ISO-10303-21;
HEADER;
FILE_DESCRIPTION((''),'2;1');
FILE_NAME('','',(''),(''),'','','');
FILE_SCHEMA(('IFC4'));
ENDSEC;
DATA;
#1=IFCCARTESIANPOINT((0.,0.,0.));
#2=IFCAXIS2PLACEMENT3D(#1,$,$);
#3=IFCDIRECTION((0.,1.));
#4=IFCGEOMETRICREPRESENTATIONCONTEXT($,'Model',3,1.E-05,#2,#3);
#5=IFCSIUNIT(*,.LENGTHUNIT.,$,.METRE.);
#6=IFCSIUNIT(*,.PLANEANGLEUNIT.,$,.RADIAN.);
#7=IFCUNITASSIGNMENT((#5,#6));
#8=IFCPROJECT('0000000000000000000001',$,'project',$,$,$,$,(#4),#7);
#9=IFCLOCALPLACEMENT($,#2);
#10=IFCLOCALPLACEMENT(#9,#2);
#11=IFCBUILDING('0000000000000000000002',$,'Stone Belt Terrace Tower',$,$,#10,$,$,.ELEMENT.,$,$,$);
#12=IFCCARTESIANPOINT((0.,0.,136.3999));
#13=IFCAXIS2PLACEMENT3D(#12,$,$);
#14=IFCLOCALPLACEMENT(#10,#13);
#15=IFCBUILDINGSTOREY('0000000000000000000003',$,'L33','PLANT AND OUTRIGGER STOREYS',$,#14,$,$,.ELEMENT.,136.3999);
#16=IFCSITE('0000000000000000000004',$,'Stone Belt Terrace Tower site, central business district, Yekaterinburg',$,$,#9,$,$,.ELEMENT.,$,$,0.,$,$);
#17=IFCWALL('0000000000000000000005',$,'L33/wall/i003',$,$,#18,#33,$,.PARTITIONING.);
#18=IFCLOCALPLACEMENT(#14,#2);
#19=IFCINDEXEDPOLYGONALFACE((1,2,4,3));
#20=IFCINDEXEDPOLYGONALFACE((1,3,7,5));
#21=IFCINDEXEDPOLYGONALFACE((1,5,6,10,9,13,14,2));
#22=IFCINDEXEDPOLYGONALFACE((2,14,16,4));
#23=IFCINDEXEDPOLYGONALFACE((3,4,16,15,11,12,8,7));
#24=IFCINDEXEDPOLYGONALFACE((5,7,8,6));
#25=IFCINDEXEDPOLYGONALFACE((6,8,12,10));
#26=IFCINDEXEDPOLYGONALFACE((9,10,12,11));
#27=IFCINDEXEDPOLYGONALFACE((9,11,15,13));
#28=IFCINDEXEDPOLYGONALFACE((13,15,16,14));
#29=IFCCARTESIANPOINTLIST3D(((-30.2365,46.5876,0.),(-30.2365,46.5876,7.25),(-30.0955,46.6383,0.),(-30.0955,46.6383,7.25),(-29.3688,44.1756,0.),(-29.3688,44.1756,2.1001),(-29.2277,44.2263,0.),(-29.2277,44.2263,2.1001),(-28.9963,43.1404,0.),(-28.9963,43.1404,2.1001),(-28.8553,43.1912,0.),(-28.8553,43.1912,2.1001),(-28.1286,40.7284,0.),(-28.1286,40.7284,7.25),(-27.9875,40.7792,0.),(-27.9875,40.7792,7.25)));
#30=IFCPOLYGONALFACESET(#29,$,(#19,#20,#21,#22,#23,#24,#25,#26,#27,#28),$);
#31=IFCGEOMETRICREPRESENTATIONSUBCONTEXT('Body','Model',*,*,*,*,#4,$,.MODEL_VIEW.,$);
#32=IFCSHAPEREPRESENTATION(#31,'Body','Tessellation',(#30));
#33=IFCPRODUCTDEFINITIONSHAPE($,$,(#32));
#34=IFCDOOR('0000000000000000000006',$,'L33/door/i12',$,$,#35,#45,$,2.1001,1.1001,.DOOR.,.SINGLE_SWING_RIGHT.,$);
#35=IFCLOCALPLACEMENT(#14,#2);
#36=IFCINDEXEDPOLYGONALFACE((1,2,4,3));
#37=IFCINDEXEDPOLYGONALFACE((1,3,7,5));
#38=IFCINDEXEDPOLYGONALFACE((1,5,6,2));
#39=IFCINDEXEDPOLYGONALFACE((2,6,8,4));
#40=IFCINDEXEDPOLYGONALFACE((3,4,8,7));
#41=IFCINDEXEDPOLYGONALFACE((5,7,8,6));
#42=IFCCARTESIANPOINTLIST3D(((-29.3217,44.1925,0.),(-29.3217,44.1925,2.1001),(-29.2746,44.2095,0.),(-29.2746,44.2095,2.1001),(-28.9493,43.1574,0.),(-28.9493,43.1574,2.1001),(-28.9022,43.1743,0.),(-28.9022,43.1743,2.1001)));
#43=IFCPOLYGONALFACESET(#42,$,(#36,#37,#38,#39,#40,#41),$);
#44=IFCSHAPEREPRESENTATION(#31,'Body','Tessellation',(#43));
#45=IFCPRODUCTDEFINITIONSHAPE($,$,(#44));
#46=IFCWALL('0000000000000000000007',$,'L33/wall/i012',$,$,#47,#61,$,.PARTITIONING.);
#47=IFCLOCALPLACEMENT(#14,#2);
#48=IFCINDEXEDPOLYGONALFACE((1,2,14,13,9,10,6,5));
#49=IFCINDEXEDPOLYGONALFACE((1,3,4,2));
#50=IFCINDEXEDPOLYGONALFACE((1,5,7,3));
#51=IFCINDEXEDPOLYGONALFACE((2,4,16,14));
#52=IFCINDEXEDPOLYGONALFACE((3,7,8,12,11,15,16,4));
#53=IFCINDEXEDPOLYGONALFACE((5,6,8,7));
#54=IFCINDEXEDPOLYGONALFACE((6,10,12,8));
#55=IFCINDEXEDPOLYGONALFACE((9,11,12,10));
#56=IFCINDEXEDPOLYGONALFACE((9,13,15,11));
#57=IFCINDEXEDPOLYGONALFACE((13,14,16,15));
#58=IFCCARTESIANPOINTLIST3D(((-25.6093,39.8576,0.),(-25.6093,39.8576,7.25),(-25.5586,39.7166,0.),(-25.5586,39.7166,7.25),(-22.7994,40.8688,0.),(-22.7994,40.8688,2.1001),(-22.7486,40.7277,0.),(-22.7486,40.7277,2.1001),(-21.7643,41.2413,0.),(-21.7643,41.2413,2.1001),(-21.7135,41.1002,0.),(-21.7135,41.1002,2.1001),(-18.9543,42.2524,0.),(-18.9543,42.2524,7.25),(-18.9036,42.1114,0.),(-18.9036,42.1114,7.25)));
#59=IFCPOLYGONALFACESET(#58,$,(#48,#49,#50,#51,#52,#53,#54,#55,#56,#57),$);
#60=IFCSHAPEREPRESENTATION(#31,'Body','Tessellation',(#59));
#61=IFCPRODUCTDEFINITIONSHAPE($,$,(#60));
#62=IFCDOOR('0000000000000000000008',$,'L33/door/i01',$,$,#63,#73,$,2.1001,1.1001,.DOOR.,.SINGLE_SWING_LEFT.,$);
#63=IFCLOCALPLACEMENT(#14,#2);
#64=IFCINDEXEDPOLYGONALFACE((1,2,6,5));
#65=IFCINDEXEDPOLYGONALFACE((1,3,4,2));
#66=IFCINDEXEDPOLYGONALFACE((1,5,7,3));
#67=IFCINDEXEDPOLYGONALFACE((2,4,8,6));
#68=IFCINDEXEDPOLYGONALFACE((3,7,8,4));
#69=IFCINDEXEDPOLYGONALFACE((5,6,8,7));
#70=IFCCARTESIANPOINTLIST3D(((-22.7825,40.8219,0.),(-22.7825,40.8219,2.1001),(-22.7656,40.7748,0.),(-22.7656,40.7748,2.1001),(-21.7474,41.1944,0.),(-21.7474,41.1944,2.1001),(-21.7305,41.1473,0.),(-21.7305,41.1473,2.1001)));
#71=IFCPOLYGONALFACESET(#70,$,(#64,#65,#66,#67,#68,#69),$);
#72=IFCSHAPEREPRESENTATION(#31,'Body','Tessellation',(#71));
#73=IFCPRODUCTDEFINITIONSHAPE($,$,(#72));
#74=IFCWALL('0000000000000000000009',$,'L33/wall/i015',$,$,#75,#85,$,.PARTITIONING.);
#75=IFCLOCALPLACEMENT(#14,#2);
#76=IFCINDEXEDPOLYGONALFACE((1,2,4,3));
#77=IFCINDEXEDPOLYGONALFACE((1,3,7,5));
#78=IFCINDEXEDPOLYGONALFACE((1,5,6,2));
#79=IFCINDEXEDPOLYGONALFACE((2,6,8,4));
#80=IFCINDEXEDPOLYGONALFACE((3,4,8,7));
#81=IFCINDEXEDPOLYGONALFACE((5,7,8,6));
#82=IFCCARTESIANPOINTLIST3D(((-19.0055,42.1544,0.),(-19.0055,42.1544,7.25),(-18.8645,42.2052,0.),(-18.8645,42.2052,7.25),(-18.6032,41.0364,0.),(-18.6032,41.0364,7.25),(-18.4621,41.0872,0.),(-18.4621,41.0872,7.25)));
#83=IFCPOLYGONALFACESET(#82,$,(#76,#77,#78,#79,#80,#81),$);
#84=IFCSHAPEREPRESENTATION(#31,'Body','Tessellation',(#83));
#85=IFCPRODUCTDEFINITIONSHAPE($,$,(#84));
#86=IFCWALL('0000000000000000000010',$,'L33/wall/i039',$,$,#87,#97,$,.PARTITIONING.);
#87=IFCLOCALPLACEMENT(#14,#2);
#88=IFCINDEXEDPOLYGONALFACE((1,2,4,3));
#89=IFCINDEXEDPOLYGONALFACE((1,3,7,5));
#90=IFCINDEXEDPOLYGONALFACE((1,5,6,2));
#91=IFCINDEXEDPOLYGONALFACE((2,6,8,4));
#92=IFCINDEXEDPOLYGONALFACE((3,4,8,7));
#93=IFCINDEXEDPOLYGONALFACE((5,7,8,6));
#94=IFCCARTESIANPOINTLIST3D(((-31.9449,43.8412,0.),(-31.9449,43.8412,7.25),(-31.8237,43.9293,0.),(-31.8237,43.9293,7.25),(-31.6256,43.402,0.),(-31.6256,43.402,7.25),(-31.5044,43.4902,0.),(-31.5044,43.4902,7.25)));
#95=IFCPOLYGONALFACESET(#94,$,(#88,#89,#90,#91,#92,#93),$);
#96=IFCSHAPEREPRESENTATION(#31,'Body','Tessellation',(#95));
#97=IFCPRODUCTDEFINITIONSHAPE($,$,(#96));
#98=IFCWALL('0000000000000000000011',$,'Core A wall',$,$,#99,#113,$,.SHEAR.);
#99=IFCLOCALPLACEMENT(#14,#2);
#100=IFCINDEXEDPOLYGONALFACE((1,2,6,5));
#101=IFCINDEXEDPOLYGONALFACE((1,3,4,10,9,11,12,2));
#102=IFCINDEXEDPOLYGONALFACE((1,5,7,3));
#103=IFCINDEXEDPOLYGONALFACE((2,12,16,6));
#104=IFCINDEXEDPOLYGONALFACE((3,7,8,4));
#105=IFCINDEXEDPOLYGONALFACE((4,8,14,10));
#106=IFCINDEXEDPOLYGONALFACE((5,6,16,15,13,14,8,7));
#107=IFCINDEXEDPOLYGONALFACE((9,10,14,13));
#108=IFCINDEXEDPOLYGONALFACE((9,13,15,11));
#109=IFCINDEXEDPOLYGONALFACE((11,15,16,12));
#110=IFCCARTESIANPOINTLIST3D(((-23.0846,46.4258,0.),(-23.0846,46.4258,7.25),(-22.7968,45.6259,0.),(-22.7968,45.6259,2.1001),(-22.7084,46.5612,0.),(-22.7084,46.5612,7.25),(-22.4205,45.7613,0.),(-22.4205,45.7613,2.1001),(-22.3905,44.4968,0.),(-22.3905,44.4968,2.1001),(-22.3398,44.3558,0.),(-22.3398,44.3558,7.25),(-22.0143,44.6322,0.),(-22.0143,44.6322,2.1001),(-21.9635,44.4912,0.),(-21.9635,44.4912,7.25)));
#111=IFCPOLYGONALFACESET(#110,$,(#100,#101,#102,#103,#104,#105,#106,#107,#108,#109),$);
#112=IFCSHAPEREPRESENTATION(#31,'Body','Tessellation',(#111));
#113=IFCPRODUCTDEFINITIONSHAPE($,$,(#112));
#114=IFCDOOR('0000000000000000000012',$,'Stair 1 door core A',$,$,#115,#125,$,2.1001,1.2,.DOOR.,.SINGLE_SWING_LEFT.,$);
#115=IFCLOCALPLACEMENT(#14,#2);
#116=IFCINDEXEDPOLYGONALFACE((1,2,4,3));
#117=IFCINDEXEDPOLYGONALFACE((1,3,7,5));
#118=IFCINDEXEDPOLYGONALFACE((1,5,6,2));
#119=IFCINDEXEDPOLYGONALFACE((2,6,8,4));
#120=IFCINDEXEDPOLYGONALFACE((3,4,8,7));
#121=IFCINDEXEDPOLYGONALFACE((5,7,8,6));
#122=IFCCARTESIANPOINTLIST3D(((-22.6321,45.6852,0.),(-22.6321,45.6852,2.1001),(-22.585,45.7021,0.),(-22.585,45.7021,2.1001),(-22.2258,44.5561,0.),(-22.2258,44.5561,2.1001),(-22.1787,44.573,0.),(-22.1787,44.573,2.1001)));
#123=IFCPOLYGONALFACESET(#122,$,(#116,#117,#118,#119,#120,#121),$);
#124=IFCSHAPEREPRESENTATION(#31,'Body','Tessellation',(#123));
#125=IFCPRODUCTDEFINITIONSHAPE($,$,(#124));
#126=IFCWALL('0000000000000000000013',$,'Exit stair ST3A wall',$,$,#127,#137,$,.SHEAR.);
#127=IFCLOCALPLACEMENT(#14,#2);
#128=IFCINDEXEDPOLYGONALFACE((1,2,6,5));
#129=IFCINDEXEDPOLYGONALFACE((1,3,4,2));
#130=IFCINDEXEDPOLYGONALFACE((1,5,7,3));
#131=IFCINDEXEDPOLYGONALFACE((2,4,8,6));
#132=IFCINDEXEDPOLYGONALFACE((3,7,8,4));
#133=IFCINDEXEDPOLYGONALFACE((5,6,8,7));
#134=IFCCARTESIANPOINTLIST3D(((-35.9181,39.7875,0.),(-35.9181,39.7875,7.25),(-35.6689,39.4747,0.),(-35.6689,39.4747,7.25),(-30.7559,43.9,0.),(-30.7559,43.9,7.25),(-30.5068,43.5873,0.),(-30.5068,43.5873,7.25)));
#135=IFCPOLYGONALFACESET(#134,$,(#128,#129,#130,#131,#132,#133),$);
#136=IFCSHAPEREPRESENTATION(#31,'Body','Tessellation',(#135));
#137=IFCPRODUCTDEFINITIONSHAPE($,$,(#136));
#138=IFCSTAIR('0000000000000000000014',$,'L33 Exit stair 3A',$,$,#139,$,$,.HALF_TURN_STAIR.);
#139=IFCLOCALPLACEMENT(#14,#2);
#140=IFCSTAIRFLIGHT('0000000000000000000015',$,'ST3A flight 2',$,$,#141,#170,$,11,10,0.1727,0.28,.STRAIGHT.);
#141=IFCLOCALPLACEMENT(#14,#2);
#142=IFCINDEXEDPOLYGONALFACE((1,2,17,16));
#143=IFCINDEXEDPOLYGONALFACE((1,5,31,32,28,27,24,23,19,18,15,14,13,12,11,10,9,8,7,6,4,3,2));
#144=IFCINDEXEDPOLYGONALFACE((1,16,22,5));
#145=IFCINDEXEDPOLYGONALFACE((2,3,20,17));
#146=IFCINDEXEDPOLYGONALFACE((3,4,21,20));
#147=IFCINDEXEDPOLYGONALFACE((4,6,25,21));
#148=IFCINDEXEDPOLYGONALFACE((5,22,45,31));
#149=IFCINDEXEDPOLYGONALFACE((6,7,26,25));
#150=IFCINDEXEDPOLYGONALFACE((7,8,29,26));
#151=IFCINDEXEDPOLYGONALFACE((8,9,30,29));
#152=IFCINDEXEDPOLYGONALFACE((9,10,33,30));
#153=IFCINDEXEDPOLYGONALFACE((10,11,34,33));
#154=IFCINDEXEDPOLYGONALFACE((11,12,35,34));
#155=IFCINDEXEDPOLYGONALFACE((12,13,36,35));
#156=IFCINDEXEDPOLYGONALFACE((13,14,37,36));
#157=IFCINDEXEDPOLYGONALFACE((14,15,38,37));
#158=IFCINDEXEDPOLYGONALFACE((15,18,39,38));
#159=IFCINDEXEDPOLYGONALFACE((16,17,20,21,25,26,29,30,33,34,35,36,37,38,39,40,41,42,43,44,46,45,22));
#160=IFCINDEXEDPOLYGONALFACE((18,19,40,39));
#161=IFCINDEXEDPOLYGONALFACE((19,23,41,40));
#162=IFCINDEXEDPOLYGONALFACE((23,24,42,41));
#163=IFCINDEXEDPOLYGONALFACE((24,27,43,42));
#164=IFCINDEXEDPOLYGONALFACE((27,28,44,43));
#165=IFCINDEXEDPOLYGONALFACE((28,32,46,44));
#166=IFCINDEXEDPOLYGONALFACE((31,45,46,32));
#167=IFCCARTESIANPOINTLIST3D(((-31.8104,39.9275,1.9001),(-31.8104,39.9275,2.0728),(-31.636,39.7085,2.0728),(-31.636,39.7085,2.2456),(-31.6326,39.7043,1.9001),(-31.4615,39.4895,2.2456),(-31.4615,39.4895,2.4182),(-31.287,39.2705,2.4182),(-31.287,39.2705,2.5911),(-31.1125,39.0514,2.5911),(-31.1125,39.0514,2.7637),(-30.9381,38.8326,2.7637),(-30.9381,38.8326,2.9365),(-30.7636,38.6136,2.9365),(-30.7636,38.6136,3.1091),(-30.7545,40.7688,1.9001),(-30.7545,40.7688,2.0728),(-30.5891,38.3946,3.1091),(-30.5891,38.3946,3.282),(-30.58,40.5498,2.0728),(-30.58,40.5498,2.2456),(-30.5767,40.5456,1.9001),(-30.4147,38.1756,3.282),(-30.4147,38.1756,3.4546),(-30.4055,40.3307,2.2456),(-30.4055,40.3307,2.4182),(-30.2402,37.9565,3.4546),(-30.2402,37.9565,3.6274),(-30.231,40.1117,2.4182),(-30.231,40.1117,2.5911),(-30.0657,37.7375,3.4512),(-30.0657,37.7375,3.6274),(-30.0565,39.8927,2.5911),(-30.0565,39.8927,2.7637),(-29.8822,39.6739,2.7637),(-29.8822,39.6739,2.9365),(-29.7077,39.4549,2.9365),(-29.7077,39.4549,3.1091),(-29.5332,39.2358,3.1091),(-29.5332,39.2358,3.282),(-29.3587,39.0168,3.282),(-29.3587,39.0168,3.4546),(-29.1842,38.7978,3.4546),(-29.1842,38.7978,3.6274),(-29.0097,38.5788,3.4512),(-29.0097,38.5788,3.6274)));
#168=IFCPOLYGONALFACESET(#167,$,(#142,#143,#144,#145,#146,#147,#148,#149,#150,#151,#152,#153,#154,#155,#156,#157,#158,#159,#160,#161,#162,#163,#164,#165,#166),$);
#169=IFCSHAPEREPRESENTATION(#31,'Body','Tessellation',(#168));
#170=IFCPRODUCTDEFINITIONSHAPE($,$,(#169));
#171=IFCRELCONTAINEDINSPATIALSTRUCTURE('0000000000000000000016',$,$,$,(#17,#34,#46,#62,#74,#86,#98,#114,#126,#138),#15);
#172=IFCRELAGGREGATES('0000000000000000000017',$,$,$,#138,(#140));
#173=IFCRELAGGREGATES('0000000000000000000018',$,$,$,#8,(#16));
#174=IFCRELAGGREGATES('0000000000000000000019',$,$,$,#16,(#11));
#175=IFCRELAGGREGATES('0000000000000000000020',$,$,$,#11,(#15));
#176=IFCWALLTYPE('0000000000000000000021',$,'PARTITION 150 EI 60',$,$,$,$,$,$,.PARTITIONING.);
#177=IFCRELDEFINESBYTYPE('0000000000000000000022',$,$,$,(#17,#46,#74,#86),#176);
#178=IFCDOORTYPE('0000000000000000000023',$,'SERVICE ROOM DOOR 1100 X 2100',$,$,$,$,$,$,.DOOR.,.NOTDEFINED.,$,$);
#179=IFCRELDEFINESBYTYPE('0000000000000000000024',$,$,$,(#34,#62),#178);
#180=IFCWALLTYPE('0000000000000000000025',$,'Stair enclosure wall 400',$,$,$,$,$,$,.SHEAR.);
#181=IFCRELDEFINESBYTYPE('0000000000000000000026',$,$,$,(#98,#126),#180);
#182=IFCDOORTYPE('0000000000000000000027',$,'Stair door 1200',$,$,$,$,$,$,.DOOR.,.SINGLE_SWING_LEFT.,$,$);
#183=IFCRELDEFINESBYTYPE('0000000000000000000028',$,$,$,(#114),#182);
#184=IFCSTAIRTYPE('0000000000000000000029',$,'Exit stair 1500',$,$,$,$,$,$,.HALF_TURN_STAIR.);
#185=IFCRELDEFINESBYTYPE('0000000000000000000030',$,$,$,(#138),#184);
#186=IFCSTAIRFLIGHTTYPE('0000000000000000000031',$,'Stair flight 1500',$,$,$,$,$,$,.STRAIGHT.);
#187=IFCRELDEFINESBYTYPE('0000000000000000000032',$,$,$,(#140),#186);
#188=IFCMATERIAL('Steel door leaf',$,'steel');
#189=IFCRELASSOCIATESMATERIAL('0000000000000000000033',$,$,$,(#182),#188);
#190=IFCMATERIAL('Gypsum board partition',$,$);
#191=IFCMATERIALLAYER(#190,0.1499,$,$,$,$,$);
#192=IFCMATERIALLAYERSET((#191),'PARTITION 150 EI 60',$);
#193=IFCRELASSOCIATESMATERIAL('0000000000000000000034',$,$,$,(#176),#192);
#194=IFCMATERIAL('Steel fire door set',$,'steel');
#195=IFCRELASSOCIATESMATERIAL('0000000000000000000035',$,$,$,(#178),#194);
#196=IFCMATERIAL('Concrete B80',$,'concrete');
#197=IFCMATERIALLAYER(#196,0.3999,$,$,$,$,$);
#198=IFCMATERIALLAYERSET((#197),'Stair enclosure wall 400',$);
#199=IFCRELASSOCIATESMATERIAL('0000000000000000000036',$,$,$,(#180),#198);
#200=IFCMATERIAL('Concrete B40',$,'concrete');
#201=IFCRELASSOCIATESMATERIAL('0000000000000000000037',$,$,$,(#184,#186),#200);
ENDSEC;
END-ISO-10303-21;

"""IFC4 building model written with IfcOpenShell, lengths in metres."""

from ifc_helpers import new_model, si_unit, direction, frame, frame_2d, origin, place, context, subcontext, project, spatial, polyline, rectangle, outline, extrude, material, layer, layer_set, type_object, element, fill, aggregate, save


model = new_model("IFC4")

# Units and contexts
model_context = context("Model", 3, precision=1e-05, world=origin(), true_north=direction((0.0, 1.0)))
body_context = subcontext(model_context, "Body", "Model", "MODEL_VIEW")
ifc_project = project(units=[si_unit("LENGTHUNIT", "METRE"), si_unit("PLANEANGLEUNIT", "RADIAN")], contexts=[model_context])

# Site, building, storey
site_placement = place(None, origin())
site = spatial("IfcSite", under=ifc_project, at=site_placement, Name="Stone Belt Terrace Tower site, central business district, Yekaterinburg", CompositionType="ELEMENT", RefElevation=0.0)
building_placement = place(site_placement, origin())
building = spatial("IfcBuilding", under=site, at=building_placement, Name="Stone Belt Terrace Tower", CompositionType="ELEMENT")
storey_placement = place(building_placement, frame((0.0, 0.0, 136.3999)))
storey = spatial("IfcBuildingStorey", under=building, at=storey_placement, Name="L33", Description="PLANT AND OUTRIGGER STOREYS", CompositionType="ELEMENT", Elevation=136.3999)

# Shared definitions
ifc_material_1 = material(Name="Concrete B80", Category="concrete")

# Shared definitions
ifc_material_2 = material(Name="Steel door leaf", Category="steel")
door_type_1 = type_object("IfcDoorType", Name="Stair door 1200", OperationType="SINGLE_SWING_LEFT", PredefinedType="DOOR", material=ifc_material_2)

# Shared definitions
ifc_material_3 = material(Name="Gypsum board partition")
ifc_layer_1 = layer(ifc_material_3, 0.1499)
ifc_layer_set_1 = layer_set([ifc_layer_1], Name="PARTITION 150 EI 60")
wall_type_1 = type_object("IfcWallType", Name="PARTITION 150 EI 60", PredefinedType="PARTITIONING", material=ifc_layer_set_1)

# Walls, openings, doors
wall_1_placement = place(storey_placement, frame((-28.0581, 40.7539, 0.0), z_axis=(0.0, 0.0, 1.0), x_axis=(-0.338524, 0.940958, 0.0)))
wall_1 = element("IfcWall", 1, at=wall_1_placement, inside=storey, type_object=wall_type_1, Name="L33/wall/i003", PredefinedType="PARTITIONING", context=body_context, shape_type="SweptSolid", body=[
    extrude(rectangle(XDim=6.2268, YDim=0.1499, at=frame_2d((3.1133, 0.0))), origin(), (0.0, 0.0, 1.0), 7.25),
])
opening_1_placement = place(wall_1_placement, frame((2.5632, 0.0, 0.0)))
opening_1 = element("IfcOpeningElement", 2, at=opening_1_placement, cuts=wall_1, PredefinedType="OPENING", context=body_context, shape_type="SweptSolid", body=[
    extrude(rectangle(XDim=1.1001, YDim=2.1001, at=frame_2d((0.55, 1.05))), frame((0.0, 0.085, 0.0), z_axis=(0.0, -1.0, 0.0), x_axis=(1.0, 0.0, 0.0)), (0.0, 0.0, 1.0), 0.1699),
])
ifc_material_4 = material(Name="Steel fire door set", Category="steel")
door_type_2 = type_object("IfcDoorType", Name="SERVICE ROOM DOOR 1100 X 2100", OperationType="NOTDEFINED", PredefinedType="DOOR", material=ifc_material_4)
door_1_placement = place(opening_1_placement, origin())
door_1 = element("IfcDoor", 3, at=door_1_placement, inside=storey, type_object=door_type_2, Name="L33/door/i12", OperationType="SINGLE_SWING_RIGHT", OverallHeight=2.1001, OverallWidth=1.1001, PredefinedType="DOOR", context=body_context, shape_type="SweptSolid", body=[
    extrude(rectangle(XDim=1.1001, YDim=2.1001, at=frame_2d((0.55, 1.05))), frame((0.0, 0.0249, 0.0), z_axis=(0.0, -1.0, 0.0), x_axis=(1.0, 0.0, 0.0)), (0.0, 0.0, 1.0), 0.05),
])
fill(opening_1, door_1)
wall_2_placement = place(storey_placement, frame((-18.929, 42.1819, 0.0), z_axis=(0.0, 0.0, 1.0), x_axis=(-0.940934, -0.33859, 0.0)))
wall_2 = element("IfcWall", 4, at=wall_2_placement, inside=storey, type_object=wall_type_1, Name="L33/wall/i012", PredefinedType="PARTITIONING", context=body_context, shape_type="SweptSolid", body=[
    extrude(rectangle(XDim=7.0728, YDim=0.1499, at=frame_2d((3.5364, 0.0))), origin(), (0.0, 0.0, 1.0), 7.25),
])
opening_2_placement = place(wall_2_placement, frame((2.9863, 0.0, 0.0)))
opening_2 = element("IfcOpeningElement", 5, at=opening_2_placement, cuts=wall_2, PredefinedType="OPENING", context=body_context, shape_type="SweptSolid", body=[
    extrude(rectangle(XDim=1.1001, YDim=2.1001, at=frame_2d((0.55, 1.05))), frame((0.0, 0.085, 0.0), z_axis=(0.0, -1.0, 0.0), x_axis=(1.0, 0.0, 0.0)), (0.0, 0.0, 1.0), 0.1699),
])
door_2_placement = place(opening_2_placement, origin())
door_2 = element("IfcDoor", 6, at=door_2_placement, inside=storey, type_object=door_type_2, Name="L33/door/i01", OperationType="SINGLE_SWING_LEFT", OverallHeight=2.1001, OverallWidth=1.1001, PredefinedType="DOOR", context=body_context, shape_type="SweptSolid", body=[
    extrude(rectangle(XDim=1.1001, YDim=2.1001, at=frame_2d((0.55, 1.05))), frame((0.0, 0.0249, 0.0), z_axis=(0.0, -1.0, 0.0), x_axis=(1.0, 0.0, 0.0)), (0.0, 0.0, 1.0), 0.05),
])
fill(opening_2, door_2)

# Walls
wall_3_placement = place(storey_placement, frame((-18.9351, 42.1799, 0.0), z_axis=(0.0, 0.0, 1.0), x_axis=(0.338639, -0.940916, 0.0)))
element("IfcWall", 7, at=wall_3_placement, inside=storey, type_object=wall_type_1, Name="L33/wall/i015", PredefinedType="PARTITIONING", context=body_context, shape_type="SweptSolid", body=[
    extrude(rectangle(XDim=1.1882, YDim=0.1499, at=frame_2d((0.5942, 0.0))), origin(), (0.0, 0.0, 1.0), 7.25),
])
wall_4_placement = place(storey_placement, frame((-31.8843, 43.8853, 0.0), z_axis=(0.0, 0.0, 1.0), x_axis=(0.588065, -0.808814, 0.0)))
element("IfcWall", 8, at=wall_4_placement, inside=storey, type_object=wall_type_1, Name="L33/wall/i039", PredefinedType="PARTITIONING", context=body_context, shape_type="SweptSolid", body=[
    extrude(rectangle(XDim=0.543, YDim=0.1499, at=frame_2d((0.2715, 0.0))), origin(), (0.0, 0.0, 1.0), 7.25),
])

# Wall, opening, door
ifc_layer_2 = layer(ifc_material_1, 0.3999)
ifc_layer_set_2 = layer_set([ifc_layer_2], Name="Stair enclosure wall 400")
wall_type_2 = type_object("IfcWallType", Name="Stair enclosure wall 400", PredefinedType="SHEAR", material=ifc_layer_set_2)
wall_5_placement = place(storey_placement, frame((-22.1516, 44.4233, 0.0), z_axis=(0.0, 0.0, 1.0), x_axis=(-0.338578, 0.940938, 0.0)))
wall_5 = element("IfcWall", 9, at=wall_5_placement, inside=storey, type_object=wall_type_2, Name="Core A wall", PredefinedType="SHEAR", context=body_context, shape_type="SweptSolid", body=[
    extrude(rectangle(XDim=2.2, YDim=0.3999, at=frame_2d((1.1001, 0.0))), origin(), (0.0, 0.0, 1.0), 7.25),
])
opening_3_placement = place(wall_5_placement, frame((0.1499, 0.0, 0.0)))
opening_3 = element("IfcOpeningElement", 10, at=opening_3_placement, cuts=wall_5, PredefinedType="OPENING", context=body_context, shape_type="SweptSolid", body=[
    extrude(rectangle(XDim=1.2, YDim=2.1001, at=frame_2d((0.6001, 1.05))), frame((0.0, 0.21, 0.0), z_axis=(0.0, -1.0, 0.0), x_axis=(1.0, 0.0, 0.0)), (0.0, 0.0, 1.0), 0.4199),
])
door_3_placement = place(opening_3_placement, origin())
door_3 = element("IfcDoor", 11, at=door_3_placement, inside=storey, type_object=door_type_1, Name="Stair 1 door core A", OperationType="SINGLE_SWING_LEFT", OverallHeight=2.1001, OverallWidth=1.2, PredefinedType="DOOR", context=body_context, shape_type="SweptSolid", body=[
    extrude(rectangle(XDim=1.2, YDim=2.1001, at=frame_2d((0.6001, 1.05))), frame((0.0, 0.0249, 0.0), z_axis=(0.0, -1.0, 0.0), x_axis=(1.0, 0.0, 0.0)), (0.0, 0.0, 1.0), 0.05),
])
fill(opening_3, door_3)

# Wall
wall_6_placement = place(storey_placement, frame((-30.6313, 43.7437, 0.0), z_axis=(0.0, 0.0, 1.0), x_axis=(-0.782134, -0.62311, 0.0)))
element("IfcWall", 12, at=wall_6_placement, inside=storey, type_object=wall_type_2, Name="Exit stair ST3A wall", PredefinedType="SHEAR", context=body_context, shape_type="SweptSolid", body=[
    extrude(rectangle(XDim=6.6001, YDim=0.3999, at=frame_2d((3.3, 0.0))), origin(), (0.0, 0.0, 1.0), 7.25),
])

# Stair, stair flight
ifc_material_5 = material(Name="Concrete B40", Category="concrete")
stair_type = type_object("IfcStairType", Name="Exit stair 1500", PredefinedType="HALF_TURN_STAIR", material=ifc_material_5)
stair_placement = place(storey_placement, origin())
stair = element("IfcStair", 13, at=stair_placement, inside=storey, type_object=stair_type, Name="L33 Exit stair 3A", PredefinedType="HALF_TURN_STAIR")
stair_flight_type = type_object("IfcStairFlightType", Name="Stair flight 1500", PredefinedType="STRAIGHT", material=ifc_material_5)
stair_flight_1_placement = place(storey_placement, frame((-31.2825, 40.3481, 1.9001), z_axis=(0.0, 0.0, 1.0), x_axis=(0.623121, -0.782125, 0.0)))
stair_flight_1 = element("IfcStairFlight", 14, at=stair_flight_1_placement, type_object=stair_flight_type, Name="ST3A flight 2", NumberOfRisers=11, NumberOfTreads=10, PredefinedType="STRAIGHT", RiserHeight=0.1727, TreadLength=0.28, context=body_context, shape_type="SweptSolid", body=[
    extrude(outline(polyline([(0.0, 0.0), (0.0, 0.1726), (0.28, 0.1726), (0.28, 0.3455), (0.5601, 0.3455), (0.5601, 0.5181), (0.8401, 0.5181), (0.8401, 0.6909), (1.1201, 0.6909), (1.1201, 0.8635), (1.3999, 0.8635), (1.3999, 1.0364), (1.6799, 1.0364), (1.6799, 1.209), (1.96, 1.209), (1.96, 1.3818), (2.24, 1.3818), (2.24, 1.5544), (2.52, 1.5544), (2.52, 1.7273), (2.8, 1.7273), (2.8, 1.8999), (2.8, 1.551), (0.2854, 0.0), (0.0, 0.0)])), frame((0.0, 0.675, 0.0), z_axis=(0.0, -1.0, 0.0), x_axis=(1.0, 0.0, 0.0)), (0.0, 0.0, 1.0), 1.3501),
])
aggregate(stair, [stair_flight_1])

save(model, "model.ifc")
